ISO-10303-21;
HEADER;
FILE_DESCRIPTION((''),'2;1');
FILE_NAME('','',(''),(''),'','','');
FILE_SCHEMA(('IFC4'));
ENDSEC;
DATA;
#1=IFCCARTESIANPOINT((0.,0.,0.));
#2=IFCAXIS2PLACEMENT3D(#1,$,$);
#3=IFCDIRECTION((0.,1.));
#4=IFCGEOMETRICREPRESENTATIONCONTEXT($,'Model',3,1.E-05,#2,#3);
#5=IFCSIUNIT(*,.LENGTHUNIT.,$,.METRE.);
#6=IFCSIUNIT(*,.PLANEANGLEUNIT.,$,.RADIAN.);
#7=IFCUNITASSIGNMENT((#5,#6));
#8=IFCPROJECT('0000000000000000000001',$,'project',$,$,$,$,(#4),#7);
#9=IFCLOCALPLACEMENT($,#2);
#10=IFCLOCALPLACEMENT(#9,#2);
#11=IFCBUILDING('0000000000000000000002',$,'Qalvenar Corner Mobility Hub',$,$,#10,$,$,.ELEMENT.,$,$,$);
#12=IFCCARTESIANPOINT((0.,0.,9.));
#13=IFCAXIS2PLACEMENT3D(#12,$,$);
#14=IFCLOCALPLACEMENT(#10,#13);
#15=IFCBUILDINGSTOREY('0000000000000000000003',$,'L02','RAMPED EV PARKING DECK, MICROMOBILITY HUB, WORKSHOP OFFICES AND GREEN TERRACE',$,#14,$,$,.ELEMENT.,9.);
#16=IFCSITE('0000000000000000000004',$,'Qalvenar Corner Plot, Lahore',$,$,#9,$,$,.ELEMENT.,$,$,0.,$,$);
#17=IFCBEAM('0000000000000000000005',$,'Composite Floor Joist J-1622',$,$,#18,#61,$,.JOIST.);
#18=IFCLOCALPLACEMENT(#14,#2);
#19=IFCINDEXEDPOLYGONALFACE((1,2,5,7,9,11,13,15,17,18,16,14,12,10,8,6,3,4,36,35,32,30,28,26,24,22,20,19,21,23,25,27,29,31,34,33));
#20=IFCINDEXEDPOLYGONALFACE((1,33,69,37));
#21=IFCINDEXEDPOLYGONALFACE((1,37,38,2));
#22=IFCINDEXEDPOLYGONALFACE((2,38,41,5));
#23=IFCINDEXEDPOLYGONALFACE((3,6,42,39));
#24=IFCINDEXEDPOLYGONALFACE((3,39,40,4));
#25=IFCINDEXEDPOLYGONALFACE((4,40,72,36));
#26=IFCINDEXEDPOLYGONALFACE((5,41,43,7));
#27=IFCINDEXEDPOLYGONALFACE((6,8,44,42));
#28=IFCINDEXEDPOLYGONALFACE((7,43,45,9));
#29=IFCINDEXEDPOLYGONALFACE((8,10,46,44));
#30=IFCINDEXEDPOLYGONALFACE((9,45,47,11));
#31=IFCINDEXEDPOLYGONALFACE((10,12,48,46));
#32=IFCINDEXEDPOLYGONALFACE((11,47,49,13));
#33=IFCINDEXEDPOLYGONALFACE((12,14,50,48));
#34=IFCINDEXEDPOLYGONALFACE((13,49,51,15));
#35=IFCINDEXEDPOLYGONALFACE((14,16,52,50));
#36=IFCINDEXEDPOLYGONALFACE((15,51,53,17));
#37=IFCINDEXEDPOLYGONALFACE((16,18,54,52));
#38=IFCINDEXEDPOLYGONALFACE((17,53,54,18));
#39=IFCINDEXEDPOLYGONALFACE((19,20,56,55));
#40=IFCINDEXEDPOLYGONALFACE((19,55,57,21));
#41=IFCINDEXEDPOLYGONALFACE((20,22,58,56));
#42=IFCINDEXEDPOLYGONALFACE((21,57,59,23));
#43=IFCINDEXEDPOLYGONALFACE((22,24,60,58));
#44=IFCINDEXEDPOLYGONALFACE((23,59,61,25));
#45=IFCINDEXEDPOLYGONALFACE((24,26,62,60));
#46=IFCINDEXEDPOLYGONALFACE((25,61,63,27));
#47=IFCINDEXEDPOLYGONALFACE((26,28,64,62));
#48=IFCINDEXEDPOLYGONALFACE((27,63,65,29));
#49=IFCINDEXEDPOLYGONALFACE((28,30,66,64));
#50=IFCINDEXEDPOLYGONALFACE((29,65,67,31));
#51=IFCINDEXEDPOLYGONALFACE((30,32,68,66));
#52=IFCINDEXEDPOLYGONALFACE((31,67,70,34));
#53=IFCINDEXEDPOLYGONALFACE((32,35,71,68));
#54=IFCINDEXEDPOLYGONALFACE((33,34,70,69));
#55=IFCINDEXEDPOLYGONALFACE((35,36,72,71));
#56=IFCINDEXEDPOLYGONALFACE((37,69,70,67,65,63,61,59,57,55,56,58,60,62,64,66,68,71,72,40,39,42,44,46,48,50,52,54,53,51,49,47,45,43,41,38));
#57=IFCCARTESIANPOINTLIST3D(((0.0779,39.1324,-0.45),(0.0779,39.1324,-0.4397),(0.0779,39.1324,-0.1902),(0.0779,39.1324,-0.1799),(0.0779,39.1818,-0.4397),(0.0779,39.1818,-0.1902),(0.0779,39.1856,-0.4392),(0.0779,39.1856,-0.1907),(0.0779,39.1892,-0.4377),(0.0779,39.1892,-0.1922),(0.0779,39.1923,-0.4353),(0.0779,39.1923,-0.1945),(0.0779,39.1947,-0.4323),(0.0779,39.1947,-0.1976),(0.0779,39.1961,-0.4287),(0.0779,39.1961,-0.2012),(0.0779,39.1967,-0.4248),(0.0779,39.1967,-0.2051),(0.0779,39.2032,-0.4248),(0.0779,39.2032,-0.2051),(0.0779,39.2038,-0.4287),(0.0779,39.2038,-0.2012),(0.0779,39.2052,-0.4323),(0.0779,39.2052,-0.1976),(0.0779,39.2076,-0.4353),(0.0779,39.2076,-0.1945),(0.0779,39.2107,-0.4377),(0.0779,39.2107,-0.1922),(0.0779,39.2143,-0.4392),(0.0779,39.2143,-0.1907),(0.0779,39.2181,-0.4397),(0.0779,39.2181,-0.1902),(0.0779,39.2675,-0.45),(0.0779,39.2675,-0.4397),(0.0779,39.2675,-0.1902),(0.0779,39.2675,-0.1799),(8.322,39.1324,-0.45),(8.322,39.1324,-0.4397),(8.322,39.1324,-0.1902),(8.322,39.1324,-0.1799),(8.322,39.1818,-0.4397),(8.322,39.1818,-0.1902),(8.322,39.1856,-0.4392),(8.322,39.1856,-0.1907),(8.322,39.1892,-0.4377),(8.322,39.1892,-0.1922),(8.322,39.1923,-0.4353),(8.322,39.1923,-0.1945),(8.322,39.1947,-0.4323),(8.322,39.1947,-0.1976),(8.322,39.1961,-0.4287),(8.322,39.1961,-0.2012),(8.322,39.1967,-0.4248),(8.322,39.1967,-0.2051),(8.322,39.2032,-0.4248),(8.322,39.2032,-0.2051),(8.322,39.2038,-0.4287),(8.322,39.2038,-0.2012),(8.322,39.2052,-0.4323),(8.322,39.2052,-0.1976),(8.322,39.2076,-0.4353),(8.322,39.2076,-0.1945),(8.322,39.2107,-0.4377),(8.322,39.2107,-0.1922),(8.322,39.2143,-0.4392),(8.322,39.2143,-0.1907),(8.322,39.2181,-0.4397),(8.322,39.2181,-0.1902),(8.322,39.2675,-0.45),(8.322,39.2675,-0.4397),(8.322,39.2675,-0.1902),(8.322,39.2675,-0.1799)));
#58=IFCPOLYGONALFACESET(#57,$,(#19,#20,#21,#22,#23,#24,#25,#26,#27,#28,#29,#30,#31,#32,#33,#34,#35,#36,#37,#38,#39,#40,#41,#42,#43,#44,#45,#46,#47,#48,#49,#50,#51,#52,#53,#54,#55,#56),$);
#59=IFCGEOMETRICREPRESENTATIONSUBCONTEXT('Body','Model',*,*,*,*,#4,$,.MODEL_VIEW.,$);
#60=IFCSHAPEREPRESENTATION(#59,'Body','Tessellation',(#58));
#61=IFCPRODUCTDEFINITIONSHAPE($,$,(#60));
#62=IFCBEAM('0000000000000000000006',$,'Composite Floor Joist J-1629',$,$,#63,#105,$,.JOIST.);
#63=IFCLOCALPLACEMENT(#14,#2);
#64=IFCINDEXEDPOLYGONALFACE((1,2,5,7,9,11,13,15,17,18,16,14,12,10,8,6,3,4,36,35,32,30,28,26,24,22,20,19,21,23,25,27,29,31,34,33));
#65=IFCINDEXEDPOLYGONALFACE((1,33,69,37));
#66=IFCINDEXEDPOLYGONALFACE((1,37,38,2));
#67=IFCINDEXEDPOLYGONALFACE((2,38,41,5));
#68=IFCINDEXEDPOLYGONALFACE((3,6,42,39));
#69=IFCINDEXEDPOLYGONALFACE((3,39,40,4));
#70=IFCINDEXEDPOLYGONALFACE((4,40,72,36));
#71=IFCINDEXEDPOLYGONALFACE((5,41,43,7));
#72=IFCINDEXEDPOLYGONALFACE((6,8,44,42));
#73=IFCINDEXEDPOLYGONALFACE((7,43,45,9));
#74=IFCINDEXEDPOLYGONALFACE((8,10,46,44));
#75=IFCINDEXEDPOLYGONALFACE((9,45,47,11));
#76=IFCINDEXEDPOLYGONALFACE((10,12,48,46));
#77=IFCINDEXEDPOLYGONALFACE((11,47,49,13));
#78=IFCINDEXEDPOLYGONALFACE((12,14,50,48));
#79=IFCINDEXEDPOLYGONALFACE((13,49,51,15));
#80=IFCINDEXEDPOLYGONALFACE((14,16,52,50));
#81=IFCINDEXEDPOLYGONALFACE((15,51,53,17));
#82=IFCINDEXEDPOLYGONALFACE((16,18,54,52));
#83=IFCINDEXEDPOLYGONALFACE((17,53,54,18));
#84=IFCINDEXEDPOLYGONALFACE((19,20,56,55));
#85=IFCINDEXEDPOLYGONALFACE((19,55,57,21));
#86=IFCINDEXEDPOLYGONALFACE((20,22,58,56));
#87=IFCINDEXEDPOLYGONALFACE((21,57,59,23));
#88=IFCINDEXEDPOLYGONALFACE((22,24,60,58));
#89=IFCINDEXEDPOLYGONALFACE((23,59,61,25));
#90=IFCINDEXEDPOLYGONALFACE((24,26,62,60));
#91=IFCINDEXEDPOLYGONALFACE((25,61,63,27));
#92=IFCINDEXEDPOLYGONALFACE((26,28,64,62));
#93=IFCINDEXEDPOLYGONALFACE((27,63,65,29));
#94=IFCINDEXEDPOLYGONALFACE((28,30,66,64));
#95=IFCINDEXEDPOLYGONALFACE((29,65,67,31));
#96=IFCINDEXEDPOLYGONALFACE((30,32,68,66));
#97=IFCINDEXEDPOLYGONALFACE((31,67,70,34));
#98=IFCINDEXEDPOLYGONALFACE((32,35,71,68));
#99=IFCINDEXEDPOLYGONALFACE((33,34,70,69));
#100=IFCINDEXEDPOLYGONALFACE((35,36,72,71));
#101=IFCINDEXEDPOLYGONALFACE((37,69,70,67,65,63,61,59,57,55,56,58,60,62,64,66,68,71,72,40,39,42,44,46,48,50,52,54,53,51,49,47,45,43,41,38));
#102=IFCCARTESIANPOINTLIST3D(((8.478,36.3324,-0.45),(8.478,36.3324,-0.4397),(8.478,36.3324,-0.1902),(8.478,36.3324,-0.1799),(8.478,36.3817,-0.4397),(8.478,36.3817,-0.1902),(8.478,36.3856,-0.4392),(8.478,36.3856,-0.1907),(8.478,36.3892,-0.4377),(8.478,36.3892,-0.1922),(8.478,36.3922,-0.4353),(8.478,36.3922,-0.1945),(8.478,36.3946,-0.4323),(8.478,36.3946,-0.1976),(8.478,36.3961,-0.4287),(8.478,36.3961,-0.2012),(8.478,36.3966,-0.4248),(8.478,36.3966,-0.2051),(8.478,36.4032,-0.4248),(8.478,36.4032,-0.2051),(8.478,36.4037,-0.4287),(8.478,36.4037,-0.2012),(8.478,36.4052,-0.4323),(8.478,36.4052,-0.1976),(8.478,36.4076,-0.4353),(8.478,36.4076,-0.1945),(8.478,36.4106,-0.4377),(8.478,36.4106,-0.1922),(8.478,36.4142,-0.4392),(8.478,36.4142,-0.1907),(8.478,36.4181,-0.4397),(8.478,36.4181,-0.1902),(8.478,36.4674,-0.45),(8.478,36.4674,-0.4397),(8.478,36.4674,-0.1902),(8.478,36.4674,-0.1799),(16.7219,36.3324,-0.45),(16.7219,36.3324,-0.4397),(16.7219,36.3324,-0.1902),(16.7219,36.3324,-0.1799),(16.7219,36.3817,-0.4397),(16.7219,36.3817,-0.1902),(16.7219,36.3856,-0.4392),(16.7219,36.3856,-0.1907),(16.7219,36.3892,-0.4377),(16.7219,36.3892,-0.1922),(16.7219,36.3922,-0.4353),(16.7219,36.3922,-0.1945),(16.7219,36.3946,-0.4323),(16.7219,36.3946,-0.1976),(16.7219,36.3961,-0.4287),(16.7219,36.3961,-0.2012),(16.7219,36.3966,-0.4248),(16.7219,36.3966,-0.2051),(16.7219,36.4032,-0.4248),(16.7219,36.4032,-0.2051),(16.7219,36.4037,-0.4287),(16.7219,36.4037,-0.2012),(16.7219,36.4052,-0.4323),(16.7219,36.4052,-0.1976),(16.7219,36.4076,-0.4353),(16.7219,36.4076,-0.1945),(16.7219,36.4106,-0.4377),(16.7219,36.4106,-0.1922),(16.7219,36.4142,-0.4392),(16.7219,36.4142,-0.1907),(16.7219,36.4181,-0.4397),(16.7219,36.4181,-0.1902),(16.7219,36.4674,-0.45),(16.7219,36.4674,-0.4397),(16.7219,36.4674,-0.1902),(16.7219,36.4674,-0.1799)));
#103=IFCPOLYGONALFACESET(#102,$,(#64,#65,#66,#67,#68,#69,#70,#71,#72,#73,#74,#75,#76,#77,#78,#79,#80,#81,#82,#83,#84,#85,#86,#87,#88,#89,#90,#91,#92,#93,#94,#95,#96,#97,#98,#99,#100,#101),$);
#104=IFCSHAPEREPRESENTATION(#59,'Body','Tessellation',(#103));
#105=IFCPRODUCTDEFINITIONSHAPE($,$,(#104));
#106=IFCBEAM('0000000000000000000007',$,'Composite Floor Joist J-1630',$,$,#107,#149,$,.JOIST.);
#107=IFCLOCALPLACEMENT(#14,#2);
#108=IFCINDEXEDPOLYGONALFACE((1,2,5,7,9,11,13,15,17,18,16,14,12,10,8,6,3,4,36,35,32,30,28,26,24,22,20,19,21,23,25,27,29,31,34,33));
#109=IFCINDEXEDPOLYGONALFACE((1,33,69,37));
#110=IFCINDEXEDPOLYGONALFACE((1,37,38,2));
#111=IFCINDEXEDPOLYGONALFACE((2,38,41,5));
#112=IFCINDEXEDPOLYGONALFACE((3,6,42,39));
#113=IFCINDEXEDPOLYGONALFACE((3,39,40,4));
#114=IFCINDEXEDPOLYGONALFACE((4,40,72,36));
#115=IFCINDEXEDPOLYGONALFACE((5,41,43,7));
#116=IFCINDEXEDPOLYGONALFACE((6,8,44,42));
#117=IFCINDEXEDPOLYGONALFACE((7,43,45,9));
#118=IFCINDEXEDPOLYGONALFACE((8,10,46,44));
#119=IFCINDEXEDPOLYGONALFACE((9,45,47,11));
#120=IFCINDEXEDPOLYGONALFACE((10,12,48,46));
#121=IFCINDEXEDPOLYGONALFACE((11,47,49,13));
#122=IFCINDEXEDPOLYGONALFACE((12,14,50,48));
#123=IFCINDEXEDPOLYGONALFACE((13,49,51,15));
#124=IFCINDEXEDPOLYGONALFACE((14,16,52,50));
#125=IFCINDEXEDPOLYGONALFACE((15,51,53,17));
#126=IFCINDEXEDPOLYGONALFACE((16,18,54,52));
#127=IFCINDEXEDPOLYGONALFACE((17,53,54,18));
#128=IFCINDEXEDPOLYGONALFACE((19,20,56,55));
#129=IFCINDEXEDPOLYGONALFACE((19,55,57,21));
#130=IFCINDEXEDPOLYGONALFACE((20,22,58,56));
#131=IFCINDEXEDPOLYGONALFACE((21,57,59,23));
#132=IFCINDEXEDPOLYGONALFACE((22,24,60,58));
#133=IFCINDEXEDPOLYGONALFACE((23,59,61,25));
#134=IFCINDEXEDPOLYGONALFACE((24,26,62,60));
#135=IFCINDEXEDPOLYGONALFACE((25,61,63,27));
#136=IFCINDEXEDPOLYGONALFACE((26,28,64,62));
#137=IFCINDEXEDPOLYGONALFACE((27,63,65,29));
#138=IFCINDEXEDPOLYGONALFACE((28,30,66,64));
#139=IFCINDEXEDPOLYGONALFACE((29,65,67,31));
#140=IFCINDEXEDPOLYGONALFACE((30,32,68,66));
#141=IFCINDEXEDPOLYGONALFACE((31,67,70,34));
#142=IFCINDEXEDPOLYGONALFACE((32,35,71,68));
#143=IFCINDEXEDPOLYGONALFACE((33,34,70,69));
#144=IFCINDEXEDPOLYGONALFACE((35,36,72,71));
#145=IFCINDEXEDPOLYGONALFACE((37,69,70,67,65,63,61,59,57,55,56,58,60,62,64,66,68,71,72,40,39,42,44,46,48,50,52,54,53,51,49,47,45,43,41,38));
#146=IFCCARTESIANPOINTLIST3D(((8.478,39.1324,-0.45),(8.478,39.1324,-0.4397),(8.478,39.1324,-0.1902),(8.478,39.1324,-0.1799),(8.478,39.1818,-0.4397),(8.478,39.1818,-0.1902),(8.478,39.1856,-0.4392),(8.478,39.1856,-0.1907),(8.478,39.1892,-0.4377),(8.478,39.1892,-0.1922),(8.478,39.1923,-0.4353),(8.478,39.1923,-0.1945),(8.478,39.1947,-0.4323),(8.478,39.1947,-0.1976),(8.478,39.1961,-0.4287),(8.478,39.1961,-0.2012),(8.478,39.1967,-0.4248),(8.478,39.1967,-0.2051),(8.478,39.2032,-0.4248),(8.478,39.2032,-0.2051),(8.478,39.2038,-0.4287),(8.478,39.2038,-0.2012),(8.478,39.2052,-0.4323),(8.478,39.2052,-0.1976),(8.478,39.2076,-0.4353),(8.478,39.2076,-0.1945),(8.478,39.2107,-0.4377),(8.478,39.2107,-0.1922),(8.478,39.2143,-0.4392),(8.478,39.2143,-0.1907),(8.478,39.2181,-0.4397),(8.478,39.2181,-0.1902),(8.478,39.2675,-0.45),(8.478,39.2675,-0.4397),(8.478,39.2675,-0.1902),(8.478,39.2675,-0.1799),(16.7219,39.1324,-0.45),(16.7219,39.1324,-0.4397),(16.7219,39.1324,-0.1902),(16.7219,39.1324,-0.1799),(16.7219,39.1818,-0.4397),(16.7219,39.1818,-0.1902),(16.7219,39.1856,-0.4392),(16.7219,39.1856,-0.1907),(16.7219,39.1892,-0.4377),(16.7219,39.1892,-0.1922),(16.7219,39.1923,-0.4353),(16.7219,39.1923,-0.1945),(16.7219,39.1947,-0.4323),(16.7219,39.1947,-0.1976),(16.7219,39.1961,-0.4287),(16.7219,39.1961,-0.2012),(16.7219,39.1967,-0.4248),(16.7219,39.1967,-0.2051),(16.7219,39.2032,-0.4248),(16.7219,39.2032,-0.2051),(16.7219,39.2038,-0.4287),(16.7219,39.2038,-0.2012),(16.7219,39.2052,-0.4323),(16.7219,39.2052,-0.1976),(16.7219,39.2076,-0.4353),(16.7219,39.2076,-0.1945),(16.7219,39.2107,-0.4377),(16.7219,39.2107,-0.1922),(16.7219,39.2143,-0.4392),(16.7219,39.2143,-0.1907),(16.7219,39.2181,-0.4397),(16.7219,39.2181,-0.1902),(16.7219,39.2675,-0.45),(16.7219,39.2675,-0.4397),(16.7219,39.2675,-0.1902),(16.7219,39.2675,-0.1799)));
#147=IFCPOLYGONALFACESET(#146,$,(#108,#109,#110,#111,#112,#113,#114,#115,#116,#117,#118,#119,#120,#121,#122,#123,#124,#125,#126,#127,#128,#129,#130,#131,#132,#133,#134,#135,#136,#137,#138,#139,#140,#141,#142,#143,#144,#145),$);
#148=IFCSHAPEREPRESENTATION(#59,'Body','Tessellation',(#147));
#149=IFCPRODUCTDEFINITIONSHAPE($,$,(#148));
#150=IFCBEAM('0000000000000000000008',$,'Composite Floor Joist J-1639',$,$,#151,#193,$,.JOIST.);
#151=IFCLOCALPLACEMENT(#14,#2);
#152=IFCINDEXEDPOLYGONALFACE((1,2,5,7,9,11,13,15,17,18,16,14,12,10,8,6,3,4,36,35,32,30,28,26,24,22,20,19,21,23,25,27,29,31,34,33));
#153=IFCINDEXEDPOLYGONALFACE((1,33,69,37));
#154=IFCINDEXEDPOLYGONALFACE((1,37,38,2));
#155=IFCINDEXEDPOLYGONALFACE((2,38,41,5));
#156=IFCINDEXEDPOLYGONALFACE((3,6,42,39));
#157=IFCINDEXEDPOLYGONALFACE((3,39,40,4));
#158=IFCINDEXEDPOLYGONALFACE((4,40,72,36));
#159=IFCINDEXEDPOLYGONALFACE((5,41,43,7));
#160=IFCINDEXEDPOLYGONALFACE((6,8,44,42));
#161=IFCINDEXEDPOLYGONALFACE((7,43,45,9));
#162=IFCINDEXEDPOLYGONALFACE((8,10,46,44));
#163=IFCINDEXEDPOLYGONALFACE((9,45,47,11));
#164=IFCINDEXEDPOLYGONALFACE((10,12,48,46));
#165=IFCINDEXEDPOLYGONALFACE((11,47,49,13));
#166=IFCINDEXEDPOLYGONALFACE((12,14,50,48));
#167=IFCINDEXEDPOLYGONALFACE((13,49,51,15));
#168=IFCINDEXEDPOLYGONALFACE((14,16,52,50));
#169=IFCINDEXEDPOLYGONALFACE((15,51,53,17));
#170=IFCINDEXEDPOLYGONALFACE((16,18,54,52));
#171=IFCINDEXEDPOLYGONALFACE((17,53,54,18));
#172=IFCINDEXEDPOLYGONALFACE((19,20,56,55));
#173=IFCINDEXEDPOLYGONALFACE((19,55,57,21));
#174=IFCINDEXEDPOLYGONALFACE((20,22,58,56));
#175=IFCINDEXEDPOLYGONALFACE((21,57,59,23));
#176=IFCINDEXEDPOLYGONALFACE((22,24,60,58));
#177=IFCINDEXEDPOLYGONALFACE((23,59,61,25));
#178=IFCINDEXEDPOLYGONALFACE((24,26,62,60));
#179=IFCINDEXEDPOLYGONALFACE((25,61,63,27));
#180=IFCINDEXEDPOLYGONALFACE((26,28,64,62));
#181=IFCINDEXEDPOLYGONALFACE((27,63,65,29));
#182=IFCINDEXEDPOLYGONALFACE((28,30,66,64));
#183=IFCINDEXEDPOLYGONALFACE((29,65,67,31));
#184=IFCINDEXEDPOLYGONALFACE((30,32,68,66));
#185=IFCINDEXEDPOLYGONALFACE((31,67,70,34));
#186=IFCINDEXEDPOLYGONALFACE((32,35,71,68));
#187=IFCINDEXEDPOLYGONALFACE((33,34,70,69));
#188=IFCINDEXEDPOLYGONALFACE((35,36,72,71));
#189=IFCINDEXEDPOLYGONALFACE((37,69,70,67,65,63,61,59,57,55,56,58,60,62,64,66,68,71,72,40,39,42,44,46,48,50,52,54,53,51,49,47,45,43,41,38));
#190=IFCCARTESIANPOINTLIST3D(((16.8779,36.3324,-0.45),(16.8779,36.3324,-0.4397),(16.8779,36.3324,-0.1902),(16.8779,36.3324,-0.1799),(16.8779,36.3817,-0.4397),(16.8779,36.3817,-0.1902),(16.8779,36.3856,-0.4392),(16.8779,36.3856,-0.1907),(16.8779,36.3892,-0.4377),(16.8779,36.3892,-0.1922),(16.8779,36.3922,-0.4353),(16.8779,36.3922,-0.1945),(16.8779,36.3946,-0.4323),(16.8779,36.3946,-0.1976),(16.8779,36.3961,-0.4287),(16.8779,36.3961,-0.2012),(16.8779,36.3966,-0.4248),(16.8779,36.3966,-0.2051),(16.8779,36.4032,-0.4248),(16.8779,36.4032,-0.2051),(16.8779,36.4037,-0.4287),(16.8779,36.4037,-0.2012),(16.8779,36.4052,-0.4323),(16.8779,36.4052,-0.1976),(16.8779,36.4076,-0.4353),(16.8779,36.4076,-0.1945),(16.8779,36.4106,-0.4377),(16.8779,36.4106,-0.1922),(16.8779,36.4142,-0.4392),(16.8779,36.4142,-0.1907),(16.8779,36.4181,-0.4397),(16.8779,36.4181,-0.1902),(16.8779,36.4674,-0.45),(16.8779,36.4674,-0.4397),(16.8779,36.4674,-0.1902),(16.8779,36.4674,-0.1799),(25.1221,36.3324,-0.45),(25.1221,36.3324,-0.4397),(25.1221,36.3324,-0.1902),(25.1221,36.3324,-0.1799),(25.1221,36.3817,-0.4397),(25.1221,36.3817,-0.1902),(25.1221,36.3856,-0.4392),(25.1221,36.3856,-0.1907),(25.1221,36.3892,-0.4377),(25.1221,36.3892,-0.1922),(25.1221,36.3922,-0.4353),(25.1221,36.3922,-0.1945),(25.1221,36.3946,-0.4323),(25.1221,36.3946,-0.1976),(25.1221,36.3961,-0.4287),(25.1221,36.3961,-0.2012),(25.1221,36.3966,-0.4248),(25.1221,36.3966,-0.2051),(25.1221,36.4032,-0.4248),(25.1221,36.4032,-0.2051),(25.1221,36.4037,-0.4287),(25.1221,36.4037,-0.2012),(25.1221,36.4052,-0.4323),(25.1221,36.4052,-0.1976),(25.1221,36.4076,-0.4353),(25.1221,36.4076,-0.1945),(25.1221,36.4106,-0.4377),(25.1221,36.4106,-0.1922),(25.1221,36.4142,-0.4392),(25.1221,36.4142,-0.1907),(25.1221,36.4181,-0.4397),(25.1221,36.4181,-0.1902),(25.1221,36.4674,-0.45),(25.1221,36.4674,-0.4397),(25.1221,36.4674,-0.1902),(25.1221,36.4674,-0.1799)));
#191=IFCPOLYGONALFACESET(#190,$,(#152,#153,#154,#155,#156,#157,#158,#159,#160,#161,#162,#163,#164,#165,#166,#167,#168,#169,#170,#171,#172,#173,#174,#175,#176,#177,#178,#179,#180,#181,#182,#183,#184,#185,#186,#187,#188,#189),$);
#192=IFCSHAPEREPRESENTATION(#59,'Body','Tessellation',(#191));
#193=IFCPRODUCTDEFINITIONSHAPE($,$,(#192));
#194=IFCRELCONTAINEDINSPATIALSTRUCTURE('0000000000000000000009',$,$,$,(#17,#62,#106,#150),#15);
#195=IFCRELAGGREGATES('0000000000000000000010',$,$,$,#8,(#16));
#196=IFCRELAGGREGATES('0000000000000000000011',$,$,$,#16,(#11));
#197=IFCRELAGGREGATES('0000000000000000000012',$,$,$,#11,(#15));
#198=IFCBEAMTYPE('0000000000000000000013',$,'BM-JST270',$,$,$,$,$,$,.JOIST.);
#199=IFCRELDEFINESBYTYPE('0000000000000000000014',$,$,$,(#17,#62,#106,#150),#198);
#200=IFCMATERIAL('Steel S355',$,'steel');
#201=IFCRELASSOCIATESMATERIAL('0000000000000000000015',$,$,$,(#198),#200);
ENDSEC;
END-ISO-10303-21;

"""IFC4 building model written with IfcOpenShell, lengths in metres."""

from ifc_helpers import new_model, si_unit, direction, frame, origin, origin_2d, place, context, subcontext, project, spatial, i_section, extrude, material, material_profile, profile_set, type_object, element, save


model = new_model("IFC4")

# Units and contexts
model_context = context("Model", 3, precision=1e-05, world=origin(), true_north=direction((0.0, 1.0)))
body_context = subcontext(model_context, "Body", "Model", "MODEL_VIEW")
ifc_project = project(units=[si_unit("LENGTHUNIT", "METRE"), si_unit("PLANEANGLEUNIT", "RADIAN")], contexts=[model_context])

# Site, building, storey
site_placement = place(None, origin())
site = spatial("IfcSite", under=ifc_project, at=site_placement, Name="Qalvenar Corner Plot, Lahore", CompositionType="ELEMENT", RefElevation=0.0)
building_placement = place(site_placement, origin())
building = spatial("IfcBuilding", under=site, at=building_placement, Name="Qalvenar Corner Mobility Hub", CompositionType="ELEMENT")
storey_placement = place(building_placement, frame((0.0, 0.0, 9.0)))
storey = spatial("IfcBuildingStorey", under=building, at=storey_placement, Name="L02", Description="RAMPED EV PARKING DECK, MICROMOBILITY HUB, WORKSHOP OFFICES AND GREEN TERRACE", CompositionType="ELEMENT", Elevation=9.0)

# Shared definitions
ifc_material_1 = material(Name="Steel S355", Category="steel")

# Beams
ifc_material_profile_1 = material_profile(ifc_material_1, i_section(OverallWidth=0.135, OverallDepth=0.27, WebThickness=0.0066, FlangeThickness=0.0103, FilletRadius=0.0149, at=origin_2d()), Name="IPE270")
ifc_profile_set_1 = profile_set([ifc_material_profile_1], Name="Steel S355")
beam_type_1 = type_object("IfcBeamType", Name="BM-JST270", PredefinedType="JOIST", material=ifc_profile_set_1)
for number, where, z_axis, x_axis, name in (
    (1, (0.0779, 39.2, -0.3149), (1.0, 0.0, 0.0), (0.0, 1.0, 0.0), "Composite Floor Joist J-1622"),
):
    element("IfcBeam", number, at=place(storey_placement, frame(where, z_axis=z_axis, x_axis=x_axis)), inside=storey, type_object=beam_type_1, Name=name, PredefinedType="JOIST", context=body_context, shape_type="SweptSolid", body=[
        extrude(i_section(OverallWidth=0.135, OverallDepth=0.27, WebThickness=0.0066, FlangeThickness=0.0103, FilletRadius=0.0149, at=origin_2d()), origin(), (0.0, 0.0, 1.0), 8.2441),
    ])
for number, where, z_axis, x_axis, name in (
    (2, (8.478, 36.3999, -0.3149), (1.0, 0.0, 0.0), (0.0, 1.0, 0.0), "Composite Floor Joist J-1629"),
    (3, (8.478, 39.2, -0.3149), (1.0, 0.0, 0.0), (0.0, 1.0, 0.0), "Composite Floor Joist J-1630"),
):
    element("IfcBeam", number, at=place(storey_placement, frame(where, z_axis=z_axis, x_axis=x_axis)), inside=storey, type_object=beam_type_1, Name=name, PredefinedType="JOIST", context=body_context, shape_type="SweptSolid", body=[
        extrude(i_section(OverallWidth=0.135, OverallDepth=0.27, WebThickness=0.0066, FlangeThickness=0.0103, FilletRadius=0.0149, at=origin_2d()), origin(), (0.0, 0.0, 1.0), 8.2439),
    ])
for number, where, z_axis, x_axis, name in (
    (4, (16.8779, 36.3999, -0.3149), (1.0, 0.0, 0.0), (0.0, 1.0, 0.0), "Composite Floor Joist J-1639"),
):
    element("IfcBeam", number, at=place(storey_placement, frame(where, z_axis=z_axis, x_axis=x_axis)), inside=storey, type_object=beam_type_1, Name=name, PredefinedType="JOIST", context=body_context, shape_type="SweptSolid", body=[
        extrude(i_section(OverallWidth=0.135, OverallDepth=0.27, WebThickness=0.0066, FlangeThickness=0.0103, FilletRadius=0.0149, at=origin_2d()), origin(), (0.0, 0.0, 1.0), 8.2441),
    ])

save(model, "model.ifc")
